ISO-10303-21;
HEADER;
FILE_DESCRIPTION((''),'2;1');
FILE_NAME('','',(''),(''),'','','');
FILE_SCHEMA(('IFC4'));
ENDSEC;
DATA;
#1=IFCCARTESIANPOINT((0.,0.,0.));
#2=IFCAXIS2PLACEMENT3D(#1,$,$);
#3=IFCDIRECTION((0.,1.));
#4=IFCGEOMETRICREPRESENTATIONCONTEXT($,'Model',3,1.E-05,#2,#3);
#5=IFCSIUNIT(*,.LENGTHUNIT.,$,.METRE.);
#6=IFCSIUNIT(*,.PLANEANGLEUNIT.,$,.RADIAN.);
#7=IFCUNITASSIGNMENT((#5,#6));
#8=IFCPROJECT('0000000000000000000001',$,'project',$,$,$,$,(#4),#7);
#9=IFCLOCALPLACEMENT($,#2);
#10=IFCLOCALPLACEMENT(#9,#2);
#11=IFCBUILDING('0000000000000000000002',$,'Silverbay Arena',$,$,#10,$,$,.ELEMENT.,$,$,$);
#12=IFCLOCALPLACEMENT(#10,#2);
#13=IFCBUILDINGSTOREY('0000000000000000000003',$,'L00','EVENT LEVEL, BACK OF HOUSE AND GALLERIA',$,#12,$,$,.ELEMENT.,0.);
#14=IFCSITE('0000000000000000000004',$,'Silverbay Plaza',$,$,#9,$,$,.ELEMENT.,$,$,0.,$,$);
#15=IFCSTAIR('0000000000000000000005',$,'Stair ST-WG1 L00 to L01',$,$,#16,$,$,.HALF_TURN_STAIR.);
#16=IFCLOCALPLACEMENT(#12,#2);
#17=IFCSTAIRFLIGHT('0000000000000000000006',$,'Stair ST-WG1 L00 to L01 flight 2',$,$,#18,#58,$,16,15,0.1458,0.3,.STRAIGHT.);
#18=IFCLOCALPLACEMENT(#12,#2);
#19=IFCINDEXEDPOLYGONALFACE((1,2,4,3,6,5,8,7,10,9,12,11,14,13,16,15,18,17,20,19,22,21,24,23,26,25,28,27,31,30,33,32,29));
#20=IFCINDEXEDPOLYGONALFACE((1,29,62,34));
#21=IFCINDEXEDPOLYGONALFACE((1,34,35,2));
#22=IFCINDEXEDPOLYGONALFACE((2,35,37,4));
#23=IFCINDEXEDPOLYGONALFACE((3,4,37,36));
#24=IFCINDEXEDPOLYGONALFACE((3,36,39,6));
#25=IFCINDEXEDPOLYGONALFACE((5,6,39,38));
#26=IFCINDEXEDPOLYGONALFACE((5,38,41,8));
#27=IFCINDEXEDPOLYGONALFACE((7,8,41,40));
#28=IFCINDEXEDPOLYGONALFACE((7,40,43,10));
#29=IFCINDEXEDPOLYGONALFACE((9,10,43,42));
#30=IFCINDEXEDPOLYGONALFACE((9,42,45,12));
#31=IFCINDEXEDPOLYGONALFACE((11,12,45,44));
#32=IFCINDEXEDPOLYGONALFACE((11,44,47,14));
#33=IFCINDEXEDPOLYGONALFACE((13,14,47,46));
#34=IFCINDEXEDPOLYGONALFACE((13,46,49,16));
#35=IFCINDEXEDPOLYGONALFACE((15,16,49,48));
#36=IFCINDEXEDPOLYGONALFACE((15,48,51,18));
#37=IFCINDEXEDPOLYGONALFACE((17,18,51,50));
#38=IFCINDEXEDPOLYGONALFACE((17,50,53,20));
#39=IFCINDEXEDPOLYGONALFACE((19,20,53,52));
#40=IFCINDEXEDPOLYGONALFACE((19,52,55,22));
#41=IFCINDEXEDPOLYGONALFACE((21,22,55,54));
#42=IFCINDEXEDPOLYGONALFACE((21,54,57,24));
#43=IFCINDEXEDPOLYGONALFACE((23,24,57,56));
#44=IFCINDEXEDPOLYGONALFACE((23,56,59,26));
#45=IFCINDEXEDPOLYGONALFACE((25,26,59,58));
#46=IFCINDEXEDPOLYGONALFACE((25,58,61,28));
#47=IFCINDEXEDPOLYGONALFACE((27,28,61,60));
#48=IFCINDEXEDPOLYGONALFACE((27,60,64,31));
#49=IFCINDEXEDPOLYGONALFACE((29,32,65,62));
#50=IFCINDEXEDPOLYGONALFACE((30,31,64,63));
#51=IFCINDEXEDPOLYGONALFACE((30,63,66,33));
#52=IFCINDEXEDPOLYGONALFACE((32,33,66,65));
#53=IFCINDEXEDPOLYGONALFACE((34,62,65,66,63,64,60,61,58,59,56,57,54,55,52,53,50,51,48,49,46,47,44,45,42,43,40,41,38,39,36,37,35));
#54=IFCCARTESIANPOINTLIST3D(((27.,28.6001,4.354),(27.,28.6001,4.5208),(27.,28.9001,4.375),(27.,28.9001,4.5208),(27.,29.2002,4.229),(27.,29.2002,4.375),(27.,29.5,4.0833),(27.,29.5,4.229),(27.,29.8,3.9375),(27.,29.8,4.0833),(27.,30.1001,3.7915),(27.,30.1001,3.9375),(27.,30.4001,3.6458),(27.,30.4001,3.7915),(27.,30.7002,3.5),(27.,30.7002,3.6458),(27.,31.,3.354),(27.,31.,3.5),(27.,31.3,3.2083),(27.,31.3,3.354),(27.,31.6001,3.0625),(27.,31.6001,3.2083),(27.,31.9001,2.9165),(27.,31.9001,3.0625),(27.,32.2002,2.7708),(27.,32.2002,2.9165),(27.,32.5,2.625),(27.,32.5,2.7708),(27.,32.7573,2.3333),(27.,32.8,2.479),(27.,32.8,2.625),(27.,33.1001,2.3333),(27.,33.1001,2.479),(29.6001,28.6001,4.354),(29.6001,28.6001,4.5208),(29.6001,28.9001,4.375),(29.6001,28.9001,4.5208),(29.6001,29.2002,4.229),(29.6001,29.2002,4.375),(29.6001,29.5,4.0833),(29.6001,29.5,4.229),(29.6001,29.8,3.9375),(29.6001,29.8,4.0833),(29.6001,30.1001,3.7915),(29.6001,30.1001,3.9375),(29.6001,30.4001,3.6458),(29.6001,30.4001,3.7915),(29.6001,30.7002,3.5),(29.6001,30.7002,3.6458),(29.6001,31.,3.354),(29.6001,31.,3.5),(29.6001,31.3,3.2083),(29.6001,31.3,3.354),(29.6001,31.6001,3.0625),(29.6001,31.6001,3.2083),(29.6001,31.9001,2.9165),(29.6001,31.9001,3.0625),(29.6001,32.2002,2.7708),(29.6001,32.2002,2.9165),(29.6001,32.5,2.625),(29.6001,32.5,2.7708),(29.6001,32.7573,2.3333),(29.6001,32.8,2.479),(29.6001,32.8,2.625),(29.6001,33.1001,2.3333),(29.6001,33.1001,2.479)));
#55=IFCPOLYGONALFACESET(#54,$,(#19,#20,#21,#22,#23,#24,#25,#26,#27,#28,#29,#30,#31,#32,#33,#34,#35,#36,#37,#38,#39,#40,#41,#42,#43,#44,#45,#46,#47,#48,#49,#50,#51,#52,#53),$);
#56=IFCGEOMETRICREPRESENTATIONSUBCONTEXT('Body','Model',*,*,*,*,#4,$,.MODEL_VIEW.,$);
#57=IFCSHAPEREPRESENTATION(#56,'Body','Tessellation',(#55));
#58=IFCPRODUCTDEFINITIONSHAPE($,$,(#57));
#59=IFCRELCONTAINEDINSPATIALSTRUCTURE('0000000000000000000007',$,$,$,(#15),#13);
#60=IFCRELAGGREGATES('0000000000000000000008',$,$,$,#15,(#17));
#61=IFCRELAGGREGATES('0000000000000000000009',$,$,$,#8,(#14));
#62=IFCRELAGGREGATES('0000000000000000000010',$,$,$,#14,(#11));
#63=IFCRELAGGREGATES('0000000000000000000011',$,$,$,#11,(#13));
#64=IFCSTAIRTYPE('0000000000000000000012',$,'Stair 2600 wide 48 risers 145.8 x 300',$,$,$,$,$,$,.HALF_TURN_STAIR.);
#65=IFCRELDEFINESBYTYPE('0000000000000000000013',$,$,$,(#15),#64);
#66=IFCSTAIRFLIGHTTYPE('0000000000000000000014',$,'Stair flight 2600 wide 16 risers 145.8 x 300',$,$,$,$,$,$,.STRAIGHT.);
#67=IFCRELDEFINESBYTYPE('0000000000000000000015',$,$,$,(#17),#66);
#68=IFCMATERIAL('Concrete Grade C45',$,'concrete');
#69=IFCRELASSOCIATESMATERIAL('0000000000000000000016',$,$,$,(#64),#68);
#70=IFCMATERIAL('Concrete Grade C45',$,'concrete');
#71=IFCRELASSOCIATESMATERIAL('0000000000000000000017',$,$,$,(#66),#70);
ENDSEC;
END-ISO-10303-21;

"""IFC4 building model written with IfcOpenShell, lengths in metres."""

from ifc_helpers import new_model, si_unit, direction, frame, origin, place, context, subcontext, project, spatial, polyline, outline, extrude, material, type_object, element, aggregate, save


model = new_model("IFC4")

# Units and contexts
model_context = context("Model", 3, precision=1e-05, world=origin(), true_north=direction((0.0, 1.0)))
body_context = subcontext(model_context, "Body", "Model", "MODEL_VIEW")
ifc_project = project(units=[si_unit("LENGTHUNIT", "METRE"), si_unit("PLANEANGLEUNIT", "RADIAN")], contexts=[model_context])

# Site, building, storey
site_placement = place(None, origin())
site = spatial("IfcSite", under=ifc_project, at=site_placement, Name="Silverbay Plaza", CompositionType="ELEMENT", RefElevation=0.0)
building_placement = place(site_placement, origin())
building = spatial("IfcBuilding", under=site, at=building_placement, Name="Silverbay Arena", CompositionType="ELEMENT")
storey_placement = place(building_placement, origin())
storey = spatial("IfcBuildingStorey", under=building, at=storey_placement, Name="L00", Description="EVENT LEVEL, BACK OF HOUSE AND GALLERIA", CompositionType="ELEMENT", Elevation=0.0)

# Stair, stair flight
ifc_material_1 = material(Name="Concrete Grade C45", Category="concrete")
stair_type = type_object("IfcStairType", Name="Stair 2600 wide 48 risers 145.8 x 300", PredefinedType="HALF_TURN_STAIR", material=ifc_material_1)
stair_placement = place(storey_placement, origin())
stair = element("IfcStair", 1, at=stair_placement, inside=storey, type_object=stair_type, Name="Stair ST-WG1 L00 to L01", PredefinedType="HALF_TURN_STAIR")
ifc_material_2 = material(Name="Concrete Grade C45", Category="concrete")
stair_flight_type = type_object("IfcStairFlightType", Name="Stair flight 2600 wide 16 risers 145.8 x 300", PredefinedType="STRAIGHT", material=ifc_material_2)
stair_flight_placement = place(storey_placement, frame((28.3, 33.1001, 2.3333), z_axis=(0.0, 0.0, 1.0), x_axis=(0.0, -1.0, 0.0)))
stair_flight = element("IfcStairFlight", 2, at=stair_flight_placement, type_object=stair_flight_type, Name="Stair ST-WG1 L00 to L01 flight 2", NumberOfRisers=16, NumberOfTreads=15, PredefinedType="STRAIGHT", RiserHeight=0.1458, TreadLength=0.3, context=body_context, shape_type="SweptSolid", body=[
    extrude(outline(polyline([(0.0, 0.0), (0.0, 0.1458), (0.3, 0.1458), (0.3, 0.2917), (0.6001, 0.2917), (0.6001, 0.4375), (0.8999, 0.4375), (0.8999, 0.5833), (1.2, 0.5833), (1.2, 0.7292), (1.5, 0.7292), (1.5, 0.875), (1.8, 0.875), (1.8, 1.0208), (2.1001, 1.0208), (2.1001, 1.1667), (2.3999, 1.1667), (2.3999, 1.3125), (2.7, 1.3125), (2.7, 1.4583), (3.0, 1.4583), (3.0, 1.6042), (3.3, 1.6042), (3.3, 1.75), (3.6001, 1.75), (3.6001, 1.8958), (3.8999, 1.8958), (3.8999, 2.0417), (4.2, 2.0417), (4.2, 2.1875), (4.5, 2.1875), (4.5, 2.0208), (0.3428, 0.0), (0.0, 0.0)])), frame((0.0, 1.3, 0.0), z_axis=(0.0, -1.0, 0.0), x_axis=(1.0, 0.0, 0.0)), (0.0, 0.0, 1.0), 2.6001),
])
aggregate(stair, [stair_flight])

save(model, "model.ifc")
